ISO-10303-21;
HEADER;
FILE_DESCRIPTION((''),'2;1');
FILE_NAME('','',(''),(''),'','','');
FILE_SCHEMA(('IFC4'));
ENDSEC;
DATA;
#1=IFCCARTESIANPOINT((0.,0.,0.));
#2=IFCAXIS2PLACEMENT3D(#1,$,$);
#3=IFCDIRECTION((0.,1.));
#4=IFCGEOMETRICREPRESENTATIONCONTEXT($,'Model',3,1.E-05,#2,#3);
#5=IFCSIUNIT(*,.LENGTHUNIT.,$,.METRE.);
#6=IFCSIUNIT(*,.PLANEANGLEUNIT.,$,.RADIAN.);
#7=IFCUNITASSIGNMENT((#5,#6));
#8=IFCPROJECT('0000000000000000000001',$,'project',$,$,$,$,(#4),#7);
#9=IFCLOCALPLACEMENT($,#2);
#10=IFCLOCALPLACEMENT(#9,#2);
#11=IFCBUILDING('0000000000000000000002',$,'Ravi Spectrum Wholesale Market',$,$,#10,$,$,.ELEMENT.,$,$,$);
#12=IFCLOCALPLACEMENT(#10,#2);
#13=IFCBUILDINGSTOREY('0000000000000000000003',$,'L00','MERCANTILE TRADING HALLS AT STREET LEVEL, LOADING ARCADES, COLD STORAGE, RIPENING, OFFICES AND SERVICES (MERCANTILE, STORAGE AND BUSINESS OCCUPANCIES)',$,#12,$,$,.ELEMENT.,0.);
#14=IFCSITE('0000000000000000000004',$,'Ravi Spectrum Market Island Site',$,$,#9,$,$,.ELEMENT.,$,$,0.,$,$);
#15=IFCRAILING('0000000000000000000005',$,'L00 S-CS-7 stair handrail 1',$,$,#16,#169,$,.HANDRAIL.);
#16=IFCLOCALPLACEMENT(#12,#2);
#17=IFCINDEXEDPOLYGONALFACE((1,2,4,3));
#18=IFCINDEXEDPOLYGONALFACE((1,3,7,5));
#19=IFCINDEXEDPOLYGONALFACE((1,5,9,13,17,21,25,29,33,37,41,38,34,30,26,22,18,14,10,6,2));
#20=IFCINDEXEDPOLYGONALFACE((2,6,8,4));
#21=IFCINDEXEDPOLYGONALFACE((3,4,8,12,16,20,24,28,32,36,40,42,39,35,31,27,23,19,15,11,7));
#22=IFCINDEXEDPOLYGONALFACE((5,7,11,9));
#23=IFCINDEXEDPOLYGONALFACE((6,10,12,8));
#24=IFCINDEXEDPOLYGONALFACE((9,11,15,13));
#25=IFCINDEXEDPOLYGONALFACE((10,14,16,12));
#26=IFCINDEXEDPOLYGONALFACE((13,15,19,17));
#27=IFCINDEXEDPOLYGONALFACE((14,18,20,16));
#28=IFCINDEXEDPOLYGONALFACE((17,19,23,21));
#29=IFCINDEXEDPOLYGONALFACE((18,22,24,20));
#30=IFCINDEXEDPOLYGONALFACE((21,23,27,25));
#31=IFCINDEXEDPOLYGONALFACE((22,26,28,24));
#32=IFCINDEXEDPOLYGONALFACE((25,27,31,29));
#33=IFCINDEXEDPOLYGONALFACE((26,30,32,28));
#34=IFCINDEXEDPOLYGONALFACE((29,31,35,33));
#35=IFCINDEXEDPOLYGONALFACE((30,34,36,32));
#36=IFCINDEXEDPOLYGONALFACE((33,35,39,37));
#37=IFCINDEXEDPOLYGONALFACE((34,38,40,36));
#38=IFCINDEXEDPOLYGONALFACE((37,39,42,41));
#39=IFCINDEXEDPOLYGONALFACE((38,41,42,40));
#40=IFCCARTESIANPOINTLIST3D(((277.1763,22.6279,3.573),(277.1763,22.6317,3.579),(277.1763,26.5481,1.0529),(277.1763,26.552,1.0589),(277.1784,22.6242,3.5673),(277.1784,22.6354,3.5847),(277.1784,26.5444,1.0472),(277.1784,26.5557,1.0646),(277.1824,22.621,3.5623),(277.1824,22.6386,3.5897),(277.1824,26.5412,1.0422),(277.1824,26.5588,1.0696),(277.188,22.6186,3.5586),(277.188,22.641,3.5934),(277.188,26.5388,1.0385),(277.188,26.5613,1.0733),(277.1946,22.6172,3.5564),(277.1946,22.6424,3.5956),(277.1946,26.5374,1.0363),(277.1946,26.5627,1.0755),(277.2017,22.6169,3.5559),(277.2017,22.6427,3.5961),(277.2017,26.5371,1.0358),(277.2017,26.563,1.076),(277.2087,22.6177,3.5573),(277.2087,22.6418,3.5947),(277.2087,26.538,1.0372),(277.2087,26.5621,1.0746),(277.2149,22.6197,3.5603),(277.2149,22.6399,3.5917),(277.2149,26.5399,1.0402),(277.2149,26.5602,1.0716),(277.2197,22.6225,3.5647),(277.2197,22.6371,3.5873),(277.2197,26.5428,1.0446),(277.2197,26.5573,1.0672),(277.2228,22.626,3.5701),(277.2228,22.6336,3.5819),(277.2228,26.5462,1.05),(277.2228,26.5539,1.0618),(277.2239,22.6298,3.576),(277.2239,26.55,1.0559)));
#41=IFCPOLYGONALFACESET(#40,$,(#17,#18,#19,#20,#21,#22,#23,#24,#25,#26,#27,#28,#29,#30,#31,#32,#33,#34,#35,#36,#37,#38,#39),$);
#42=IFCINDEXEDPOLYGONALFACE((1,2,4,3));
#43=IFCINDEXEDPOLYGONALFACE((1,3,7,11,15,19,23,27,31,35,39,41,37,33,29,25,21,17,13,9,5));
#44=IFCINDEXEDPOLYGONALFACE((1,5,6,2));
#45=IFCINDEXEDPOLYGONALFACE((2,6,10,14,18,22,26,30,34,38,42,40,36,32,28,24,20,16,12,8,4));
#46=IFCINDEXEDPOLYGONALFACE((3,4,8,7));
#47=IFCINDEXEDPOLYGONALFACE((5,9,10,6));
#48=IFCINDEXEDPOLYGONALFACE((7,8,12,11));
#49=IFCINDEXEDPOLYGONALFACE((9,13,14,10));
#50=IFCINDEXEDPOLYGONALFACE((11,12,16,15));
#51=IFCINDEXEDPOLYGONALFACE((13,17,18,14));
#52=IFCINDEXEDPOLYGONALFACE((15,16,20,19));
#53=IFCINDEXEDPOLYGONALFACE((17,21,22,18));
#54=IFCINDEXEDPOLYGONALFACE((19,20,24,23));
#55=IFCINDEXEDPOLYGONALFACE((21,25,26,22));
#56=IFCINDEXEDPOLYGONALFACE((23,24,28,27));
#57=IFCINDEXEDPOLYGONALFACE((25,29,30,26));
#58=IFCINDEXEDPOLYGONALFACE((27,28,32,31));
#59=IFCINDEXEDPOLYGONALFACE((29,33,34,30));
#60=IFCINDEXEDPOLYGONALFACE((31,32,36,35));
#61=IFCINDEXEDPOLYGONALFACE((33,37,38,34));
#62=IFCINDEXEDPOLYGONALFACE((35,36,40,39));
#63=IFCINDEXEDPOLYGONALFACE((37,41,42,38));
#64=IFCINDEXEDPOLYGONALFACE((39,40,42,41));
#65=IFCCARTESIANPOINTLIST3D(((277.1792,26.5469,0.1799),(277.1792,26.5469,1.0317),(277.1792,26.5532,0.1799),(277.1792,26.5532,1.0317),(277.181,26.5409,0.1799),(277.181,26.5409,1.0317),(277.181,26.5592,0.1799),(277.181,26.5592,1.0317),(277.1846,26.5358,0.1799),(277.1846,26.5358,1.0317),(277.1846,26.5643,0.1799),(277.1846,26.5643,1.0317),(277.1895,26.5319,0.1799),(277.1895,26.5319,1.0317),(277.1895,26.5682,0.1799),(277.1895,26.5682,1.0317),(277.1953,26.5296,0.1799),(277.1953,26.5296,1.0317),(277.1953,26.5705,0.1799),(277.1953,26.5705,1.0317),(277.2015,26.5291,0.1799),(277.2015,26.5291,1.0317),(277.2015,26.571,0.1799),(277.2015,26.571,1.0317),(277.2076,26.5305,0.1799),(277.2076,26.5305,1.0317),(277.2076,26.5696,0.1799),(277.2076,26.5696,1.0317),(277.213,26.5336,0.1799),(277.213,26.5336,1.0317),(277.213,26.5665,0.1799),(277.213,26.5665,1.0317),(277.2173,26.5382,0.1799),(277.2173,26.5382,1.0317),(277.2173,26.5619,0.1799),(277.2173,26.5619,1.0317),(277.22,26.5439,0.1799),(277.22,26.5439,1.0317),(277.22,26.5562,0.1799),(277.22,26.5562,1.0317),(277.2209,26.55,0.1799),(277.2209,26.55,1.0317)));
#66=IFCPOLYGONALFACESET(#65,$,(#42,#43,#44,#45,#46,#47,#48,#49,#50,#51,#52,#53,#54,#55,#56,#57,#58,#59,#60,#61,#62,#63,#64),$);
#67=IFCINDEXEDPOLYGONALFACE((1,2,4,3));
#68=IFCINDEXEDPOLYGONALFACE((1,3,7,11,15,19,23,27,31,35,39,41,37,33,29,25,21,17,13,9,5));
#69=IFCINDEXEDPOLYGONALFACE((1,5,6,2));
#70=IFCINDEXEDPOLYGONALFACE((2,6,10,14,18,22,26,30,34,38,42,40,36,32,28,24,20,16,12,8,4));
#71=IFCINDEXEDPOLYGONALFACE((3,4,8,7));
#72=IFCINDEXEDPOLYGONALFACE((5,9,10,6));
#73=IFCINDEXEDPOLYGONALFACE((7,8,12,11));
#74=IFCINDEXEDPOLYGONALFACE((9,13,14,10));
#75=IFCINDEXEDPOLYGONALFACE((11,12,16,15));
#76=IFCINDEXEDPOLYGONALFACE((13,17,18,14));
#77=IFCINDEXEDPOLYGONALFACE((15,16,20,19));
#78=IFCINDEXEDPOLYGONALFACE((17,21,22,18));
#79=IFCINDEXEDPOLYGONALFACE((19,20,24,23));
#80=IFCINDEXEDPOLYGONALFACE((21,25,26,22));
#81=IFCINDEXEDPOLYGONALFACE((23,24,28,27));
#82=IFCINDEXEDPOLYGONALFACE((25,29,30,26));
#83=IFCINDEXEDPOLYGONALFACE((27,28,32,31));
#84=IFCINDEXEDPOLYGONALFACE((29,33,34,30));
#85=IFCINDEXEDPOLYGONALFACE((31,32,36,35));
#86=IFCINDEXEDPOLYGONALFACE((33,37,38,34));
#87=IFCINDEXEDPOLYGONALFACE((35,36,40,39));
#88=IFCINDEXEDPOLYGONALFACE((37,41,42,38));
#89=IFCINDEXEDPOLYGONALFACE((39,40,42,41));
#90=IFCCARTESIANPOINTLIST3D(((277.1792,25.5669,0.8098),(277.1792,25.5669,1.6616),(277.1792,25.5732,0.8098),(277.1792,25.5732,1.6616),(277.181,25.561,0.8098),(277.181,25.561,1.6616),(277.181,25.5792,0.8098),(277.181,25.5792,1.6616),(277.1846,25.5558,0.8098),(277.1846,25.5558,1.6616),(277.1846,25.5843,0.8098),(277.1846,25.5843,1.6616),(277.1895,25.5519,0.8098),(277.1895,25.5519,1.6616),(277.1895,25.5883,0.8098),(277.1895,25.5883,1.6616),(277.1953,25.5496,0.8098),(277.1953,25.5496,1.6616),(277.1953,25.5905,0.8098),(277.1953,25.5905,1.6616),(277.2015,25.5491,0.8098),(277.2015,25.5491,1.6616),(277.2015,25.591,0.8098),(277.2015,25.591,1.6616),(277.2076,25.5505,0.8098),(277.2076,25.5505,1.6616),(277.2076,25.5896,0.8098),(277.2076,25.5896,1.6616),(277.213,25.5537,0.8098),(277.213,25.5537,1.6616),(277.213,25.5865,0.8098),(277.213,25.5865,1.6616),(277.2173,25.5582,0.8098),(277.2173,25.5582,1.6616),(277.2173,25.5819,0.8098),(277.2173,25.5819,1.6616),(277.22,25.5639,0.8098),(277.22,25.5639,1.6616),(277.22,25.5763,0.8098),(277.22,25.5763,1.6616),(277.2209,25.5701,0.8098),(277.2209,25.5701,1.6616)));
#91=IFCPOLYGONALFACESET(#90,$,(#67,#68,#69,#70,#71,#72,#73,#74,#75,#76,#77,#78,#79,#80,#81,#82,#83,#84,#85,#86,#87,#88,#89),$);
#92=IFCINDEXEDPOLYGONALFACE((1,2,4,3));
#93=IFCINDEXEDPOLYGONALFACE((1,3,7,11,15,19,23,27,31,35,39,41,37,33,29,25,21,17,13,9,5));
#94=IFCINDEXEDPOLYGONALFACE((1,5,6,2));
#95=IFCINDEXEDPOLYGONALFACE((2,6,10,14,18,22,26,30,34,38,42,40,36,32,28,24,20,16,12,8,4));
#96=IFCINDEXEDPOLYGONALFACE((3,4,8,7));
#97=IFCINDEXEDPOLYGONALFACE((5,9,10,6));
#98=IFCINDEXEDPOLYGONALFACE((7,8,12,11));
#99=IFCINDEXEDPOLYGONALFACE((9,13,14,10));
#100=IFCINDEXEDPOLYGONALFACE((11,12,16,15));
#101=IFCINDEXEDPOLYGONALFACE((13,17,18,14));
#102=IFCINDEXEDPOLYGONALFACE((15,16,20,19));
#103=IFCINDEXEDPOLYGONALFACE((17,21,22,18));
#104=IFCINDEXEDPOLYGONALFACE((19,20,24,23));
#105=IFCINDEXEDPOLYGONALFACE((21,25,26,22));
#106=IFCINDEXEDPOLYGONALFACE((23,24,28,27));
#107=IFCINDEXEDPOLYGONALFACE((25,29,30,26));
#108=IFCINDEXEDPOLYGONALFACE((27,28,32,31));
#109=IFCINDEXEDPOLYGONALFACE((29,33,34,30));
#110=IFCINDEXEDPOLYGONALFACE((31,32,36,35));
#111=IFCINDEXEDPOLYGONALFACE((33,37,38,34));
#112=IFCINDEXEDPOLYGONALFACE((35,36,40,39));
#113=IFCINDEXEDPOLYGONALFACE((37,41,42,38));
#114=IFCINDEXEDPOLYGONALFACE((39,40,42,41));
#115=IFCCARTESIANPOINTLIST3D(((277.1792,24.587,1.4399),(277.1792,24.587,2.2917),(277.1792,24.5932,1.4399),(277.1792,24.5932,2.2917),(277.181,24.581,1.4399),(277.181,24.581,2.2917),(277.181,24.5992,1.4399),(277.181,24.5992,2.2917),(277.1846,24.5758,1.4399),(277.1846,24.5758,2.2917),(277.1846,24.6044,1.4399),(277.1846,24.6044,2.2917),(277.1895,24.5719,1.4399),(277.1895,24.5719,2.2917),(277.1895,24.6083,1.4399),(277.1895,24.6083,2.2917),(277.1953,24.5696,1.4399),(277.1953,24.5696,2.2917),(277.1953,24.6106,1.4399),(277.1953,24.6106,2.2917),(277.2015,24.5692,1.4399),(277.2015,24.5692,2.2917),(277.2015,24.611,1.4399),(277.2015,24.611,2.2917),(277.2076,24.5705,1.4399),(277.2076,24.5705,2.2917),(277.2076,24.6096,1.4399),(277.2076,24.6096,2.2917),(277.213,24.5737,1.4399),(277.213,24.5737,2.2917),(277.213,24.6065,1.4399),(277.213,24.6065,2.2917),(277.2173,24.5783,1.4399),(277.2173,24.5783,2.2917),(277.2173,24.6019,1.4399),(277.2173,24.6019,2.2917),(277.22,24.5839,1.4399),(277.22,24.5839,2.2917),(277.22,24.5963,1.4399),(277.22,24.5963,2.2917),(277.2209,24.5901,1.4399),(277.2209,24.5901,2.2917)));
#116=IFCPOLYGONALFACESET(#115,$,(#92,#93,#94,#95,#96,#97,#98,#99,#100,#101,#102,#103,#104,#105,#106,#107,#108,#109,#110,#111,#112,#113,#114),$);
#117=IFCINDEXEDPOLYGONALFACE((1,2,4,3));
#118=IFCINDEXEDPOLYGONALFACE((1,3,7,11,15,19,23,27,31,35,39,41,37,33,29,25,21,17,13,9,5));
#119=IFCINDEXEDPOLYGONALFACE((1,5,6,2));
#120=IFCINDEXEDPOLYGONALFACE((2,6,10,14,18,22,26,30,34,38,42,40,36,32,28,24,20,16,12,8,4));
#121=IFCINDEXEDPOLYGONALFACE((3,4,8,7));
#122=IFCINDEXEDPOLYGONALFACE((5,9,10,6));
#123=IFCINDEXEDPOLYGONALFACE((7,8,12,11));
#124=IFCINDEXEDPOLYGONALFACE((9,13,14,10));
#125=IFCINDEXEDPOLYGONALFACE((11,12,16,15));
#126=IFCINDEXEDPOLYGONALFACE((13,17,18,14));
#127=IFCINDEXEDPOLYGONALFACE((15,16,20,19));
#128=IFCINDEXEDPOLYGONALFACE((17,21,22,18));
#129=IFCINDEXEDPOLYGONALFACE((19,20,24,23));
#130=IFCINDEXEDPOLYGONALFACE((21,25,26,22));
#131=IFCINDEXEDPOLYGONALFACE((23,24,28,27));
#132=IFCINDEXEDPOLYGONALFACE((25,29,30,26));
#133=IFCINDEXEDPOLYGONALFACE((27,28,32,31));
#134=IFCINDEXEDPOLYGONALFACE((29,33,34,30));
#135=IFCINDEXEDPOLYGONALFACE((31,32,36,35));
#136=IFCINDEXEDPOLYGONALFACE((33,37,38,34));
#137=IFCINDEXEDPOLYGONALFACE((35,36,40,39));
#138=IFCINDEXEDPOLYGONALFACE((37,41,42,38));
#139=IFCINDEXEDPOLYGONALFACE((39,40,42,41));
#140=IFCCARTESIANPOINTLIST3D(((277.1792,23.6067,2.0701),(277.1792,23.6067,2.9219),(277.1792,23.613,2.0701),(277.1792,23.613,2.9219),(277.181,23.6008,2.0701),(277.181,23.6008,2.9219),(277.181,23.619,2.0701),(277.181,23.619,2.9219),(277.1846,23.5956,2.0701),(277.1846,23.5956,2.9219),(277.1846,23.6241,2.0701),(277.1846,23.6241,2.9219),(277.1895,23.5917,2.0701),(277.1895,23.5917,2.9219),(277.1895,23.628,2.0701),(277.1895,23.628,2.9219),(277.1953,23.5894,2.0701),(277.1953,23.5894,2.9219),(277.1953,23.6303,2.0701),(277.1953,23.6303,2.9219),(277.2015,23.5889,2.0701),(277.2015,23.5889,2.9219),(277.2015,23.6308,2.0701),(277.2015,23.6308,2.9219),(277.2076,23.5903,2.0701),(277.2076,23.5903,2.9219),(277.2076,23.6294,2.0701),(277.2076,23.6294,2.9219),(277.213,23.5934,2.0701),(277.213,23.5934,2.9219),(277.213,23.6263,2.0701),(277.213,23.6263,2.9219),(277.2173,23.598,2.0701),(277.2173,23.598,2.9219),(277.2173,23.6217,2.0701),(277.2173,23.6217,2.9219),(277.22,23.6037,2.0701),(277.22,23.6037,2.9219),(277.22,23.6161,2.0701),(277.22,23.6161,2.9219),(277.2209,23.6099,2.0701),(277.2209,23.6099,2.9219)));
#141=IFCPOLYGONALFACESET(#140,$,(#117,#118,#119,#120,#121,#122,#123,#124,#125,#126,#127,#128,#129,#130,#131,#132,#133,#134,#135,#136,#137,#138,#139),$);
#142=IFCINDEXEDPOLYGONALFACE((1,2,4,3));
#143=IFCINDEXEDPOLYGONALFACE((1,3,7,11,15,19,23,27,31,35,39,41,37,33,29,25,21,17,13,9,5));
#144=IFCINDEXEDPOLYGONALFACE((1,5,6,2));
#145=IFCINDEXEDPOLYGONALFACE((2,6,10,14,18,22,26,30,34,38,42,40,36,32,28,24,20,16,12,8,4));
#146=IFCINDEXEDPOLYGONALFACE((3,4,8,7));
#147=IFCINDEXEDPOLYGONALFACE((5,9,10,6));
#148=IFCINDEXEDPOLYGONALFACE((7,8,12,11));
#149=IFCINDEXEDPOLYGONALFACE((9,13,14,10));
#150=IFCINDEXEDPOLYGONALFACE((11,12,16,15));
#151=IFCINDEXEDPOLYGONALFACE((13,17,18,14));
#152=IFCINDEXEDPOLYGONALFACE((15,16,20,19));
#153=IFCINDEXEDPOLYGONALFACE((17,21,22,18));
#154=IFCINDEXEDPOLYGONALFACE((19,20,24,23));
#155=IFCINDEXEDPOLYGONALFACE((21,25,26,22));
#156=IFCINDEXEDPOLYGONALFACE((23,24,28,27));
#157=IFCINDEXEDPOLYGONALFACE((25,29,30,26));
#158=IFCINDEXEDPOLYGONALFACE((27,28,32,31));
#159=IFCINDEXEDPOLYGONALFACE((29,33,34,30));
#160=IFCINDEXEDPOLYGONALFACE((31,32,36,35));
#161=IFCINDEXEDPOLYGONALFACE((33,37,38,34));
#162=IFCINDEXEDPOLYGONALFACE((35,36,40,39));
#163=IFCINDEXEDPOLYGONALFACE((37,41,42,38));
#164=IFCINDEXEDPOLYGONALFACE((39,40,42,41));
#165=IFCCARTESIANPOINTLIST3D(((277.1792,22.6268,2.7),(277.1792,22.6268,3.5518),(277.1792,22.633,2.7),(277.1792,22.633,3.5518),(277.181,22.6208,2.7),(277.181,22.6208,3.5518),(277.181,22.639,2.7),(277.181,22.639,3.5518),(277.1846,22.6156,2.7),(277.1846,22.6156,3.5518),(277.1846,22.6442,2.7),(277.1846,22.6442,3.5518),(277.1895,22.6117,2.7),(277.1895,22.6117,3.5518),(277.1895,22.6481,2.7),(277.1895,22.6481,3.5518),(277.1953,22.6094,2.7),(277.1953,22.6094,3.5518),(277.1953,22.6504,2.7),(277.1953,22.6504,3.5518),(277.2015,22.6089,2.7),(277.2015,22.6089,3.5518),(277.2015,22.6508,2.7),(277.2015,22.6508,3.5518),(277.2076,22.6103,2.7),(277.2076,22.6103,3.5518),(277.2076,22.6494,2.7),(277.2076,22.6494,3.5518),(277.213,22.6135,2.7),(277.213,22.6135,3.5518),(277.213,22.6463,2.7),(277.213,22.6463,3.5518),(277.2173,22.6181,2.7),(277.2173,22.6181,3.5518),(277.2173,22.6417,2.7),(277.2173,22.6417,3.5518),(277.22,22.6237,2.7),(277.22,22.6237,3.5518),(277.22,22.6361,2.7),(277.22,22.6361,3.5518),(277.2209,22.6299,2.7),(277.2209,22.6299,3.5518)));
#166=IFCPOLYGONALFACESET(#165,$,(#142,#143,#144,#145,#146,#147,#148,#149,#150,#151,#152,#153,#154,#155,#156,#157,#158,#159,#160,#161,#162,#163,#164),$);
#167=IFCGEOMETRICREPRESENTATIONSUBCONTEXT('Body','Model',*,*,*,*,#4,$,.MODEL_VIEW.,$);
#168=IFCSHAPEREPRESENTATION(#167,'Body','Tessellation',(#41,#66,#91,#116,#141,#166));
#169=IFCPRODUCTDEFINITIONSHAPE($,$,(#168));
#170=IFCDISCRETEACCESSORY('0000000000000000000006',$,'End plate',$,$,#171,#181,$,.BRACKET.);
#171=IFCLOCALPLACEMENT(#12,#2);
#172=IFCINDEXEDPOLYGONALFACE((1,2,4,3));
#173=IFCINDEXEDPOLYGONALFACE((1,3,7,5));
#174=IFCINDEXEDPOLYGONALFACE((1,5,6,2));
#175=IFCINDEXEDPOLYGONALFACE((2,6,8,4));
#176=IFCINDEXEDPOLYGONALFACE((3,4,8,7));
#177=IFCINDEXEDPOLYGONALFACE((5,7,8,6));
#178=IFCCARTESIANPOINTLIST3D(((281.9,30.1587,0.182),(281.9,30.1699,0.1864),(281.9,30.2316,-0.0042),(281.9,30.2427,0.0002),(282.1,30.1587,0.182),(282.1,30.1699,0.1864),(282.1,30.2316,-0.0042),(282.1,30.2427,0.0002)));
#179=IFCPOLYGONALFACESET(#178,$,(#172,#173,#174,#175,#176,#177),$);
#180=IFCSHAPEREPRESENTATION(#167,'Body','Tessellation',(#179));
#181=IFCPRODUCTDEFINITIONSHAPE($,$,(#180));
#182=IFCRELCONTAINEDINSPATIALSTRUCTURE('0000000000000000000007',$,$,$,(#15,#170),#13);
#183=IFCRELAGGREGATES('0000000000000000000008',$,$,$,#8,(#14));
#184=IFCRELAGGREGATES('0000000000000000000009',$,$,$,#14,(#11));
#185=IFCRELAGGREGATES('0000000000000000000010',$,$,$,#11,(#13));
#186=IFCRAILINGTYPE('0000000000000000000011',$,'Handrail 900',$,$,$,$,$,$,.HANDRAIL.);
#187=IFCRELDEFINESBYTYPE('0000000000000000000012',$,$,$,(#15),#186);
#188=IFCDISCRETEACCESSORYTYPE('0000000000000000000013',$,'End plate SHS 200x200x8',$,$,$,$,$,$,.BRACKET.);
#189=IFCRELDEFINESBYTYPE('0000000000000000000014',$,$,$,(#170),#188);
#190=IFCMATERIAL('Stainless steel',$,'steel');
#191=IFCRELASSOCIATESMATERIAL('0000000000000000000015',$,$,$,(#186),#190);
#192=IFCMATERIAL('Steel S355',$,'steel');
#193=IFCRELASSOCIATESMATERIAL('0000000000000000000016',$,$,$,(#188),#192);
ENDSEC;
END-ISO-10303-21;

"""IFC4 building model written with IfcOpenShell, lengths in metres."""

from ifc_helpers import new_model, si_unit, direction, frame, origin, origin_2d, place, context, subcontext, project, spatial, rectangle, circle, extrude, material, material_profile, profile_set, type_object, element, save


model = new_model("IFC4")

# Units and contexts
model_context = context("Model", 3, precision=1e-05, world=origin(), true_north=direction((0.0, 1.0)))
body_context = subcontext(model_context, "Body", "Model", "MODEL_VIEW")
ifc_project = project(units=[si_unit("LENGTHUNIT", "METRE"), si_unit("PLANEANGLEUNIT", "RADIAN")], contexts=[model_context])

# Site, building, storey
site_placement = place(None, origin())
site = spatial("IfcSite", under=ifc_project, at=site_placement, Name="Ravi Spectrum Market Island Site", CompositionType="ELEMENT", RefElevation=0.0)
building_placement = place(site_placement, origin())
building = spatial("IfcBuilding", under=site, at=building_placement, Name="Ravi Spectrum Wholesale Market", CompositionType="ELEMENT")
storey_placement = place(building_placement, origin())
storey = spatial("IfcBuildingStorey", under=building, at=storey_placement, Name="L00", Description="MERCANTILE TRADING HALLS AT STREET LEVEL, LOADING ARCADES, COLD STORAGE, RIPENING, OFFICES AND SERVICES (MERCANTILE, STORAGE AND BUSINESS OCCUPANCIES)", CompositionType="ELEMENT", Elevation=0.0)

# Railing
ifc_material_1 = material(Name="Stainless steel", Category="steel")
railing_type_1 = type_object("IfcRailingType", Name="Handrail 900", PredefinedType="HANDRAIL", material=ifc_material_1)
railing_1_placement = place(storey_placement, frame((277.2, 26.55, 0.1799)))
element("IfcRailing", 1, at=railing_1_placement, inside=storey, type_object=railing_type_1, Name="L00 S-CS-7 stair handrail 1", PredefinedType="HANDRAIL", context=body_context, shape_type="SweptSolid", body=[
    extrude(circle(Radius=0.0239, at=origin_2d()), frame((0.0, 0.0, 0.876), z_axis=(0.0, -0.841187, 0.540744), x_axis=(1.0, 0.0, 0.0)), (0.0, 0.0, 1.0), 4.6604),
    extrude(circle(Radius=0.021, at=origin_2d()), origin(), (0.0, 0.0, 1.0), 0.8518),
    extrude(circle(Radius=0.021, at=origin_2d()), frame((0.0, -0.98, 0.6299)), (0.0, 0.0, 1.0), 0.8518),
    extrude(circle(Radius=0.021, at=origin_2d()), frame((0.0, -1.96, 1.26)), (0.0, 0.0, 1.0), 0.8518),
    extrude(circle(Radius=0.021, at=origin_2d()), frame((0.0, -2.9402, 1.8901)), (0.0, 0.0, 1.0), 0.8518),
    extrude(circle(Radius=0.021, at=origin_2d()), frame((0.0, -3.9202, 2.52)), (0.0, 0.0, 1.0), 0.8518),
])

# Discrete accessory
ifc_material_2 = material(Name="Steel S355", Category="steel")
ifc_material_profile_1 = material_profile(ifc_material_2, rectangle(XDim=0.2, YDim=0.2, at=origin_2d()))
ifc_profile_set_1 = profile_set([ifc_material_profile_1], Name="Steel S355")
discrete_accessory_type = type_object("IfcDiscreteAccessoryType", Name="End plate SHS 200x200x8", PredefinedType="BRACKET", material=ifc_profile_set_1)
discrete_accessory_placement = place(storey_placement, frame((282.0, 30.2063, 0.0933), z_axis=(0.0, -0.931243, -0.364399), x_axis=(1.0, 0.0, 0.0)))
element("IfcDiscreteAccessory", 2, at=discrete_accessory_placement, inside=storey, type_object=discrete_accessory_type, Name="End plate", PredefinedType="BRACKET", context=body_context, shape_type="SweptSolid", body=[
    extrude(rectangle(XDim=0.2, YDim=0.2, at=origin_2d()), origin(), (0.0, 0.0, 1.0), 0.012),
])

save(model, "model.ifc")
